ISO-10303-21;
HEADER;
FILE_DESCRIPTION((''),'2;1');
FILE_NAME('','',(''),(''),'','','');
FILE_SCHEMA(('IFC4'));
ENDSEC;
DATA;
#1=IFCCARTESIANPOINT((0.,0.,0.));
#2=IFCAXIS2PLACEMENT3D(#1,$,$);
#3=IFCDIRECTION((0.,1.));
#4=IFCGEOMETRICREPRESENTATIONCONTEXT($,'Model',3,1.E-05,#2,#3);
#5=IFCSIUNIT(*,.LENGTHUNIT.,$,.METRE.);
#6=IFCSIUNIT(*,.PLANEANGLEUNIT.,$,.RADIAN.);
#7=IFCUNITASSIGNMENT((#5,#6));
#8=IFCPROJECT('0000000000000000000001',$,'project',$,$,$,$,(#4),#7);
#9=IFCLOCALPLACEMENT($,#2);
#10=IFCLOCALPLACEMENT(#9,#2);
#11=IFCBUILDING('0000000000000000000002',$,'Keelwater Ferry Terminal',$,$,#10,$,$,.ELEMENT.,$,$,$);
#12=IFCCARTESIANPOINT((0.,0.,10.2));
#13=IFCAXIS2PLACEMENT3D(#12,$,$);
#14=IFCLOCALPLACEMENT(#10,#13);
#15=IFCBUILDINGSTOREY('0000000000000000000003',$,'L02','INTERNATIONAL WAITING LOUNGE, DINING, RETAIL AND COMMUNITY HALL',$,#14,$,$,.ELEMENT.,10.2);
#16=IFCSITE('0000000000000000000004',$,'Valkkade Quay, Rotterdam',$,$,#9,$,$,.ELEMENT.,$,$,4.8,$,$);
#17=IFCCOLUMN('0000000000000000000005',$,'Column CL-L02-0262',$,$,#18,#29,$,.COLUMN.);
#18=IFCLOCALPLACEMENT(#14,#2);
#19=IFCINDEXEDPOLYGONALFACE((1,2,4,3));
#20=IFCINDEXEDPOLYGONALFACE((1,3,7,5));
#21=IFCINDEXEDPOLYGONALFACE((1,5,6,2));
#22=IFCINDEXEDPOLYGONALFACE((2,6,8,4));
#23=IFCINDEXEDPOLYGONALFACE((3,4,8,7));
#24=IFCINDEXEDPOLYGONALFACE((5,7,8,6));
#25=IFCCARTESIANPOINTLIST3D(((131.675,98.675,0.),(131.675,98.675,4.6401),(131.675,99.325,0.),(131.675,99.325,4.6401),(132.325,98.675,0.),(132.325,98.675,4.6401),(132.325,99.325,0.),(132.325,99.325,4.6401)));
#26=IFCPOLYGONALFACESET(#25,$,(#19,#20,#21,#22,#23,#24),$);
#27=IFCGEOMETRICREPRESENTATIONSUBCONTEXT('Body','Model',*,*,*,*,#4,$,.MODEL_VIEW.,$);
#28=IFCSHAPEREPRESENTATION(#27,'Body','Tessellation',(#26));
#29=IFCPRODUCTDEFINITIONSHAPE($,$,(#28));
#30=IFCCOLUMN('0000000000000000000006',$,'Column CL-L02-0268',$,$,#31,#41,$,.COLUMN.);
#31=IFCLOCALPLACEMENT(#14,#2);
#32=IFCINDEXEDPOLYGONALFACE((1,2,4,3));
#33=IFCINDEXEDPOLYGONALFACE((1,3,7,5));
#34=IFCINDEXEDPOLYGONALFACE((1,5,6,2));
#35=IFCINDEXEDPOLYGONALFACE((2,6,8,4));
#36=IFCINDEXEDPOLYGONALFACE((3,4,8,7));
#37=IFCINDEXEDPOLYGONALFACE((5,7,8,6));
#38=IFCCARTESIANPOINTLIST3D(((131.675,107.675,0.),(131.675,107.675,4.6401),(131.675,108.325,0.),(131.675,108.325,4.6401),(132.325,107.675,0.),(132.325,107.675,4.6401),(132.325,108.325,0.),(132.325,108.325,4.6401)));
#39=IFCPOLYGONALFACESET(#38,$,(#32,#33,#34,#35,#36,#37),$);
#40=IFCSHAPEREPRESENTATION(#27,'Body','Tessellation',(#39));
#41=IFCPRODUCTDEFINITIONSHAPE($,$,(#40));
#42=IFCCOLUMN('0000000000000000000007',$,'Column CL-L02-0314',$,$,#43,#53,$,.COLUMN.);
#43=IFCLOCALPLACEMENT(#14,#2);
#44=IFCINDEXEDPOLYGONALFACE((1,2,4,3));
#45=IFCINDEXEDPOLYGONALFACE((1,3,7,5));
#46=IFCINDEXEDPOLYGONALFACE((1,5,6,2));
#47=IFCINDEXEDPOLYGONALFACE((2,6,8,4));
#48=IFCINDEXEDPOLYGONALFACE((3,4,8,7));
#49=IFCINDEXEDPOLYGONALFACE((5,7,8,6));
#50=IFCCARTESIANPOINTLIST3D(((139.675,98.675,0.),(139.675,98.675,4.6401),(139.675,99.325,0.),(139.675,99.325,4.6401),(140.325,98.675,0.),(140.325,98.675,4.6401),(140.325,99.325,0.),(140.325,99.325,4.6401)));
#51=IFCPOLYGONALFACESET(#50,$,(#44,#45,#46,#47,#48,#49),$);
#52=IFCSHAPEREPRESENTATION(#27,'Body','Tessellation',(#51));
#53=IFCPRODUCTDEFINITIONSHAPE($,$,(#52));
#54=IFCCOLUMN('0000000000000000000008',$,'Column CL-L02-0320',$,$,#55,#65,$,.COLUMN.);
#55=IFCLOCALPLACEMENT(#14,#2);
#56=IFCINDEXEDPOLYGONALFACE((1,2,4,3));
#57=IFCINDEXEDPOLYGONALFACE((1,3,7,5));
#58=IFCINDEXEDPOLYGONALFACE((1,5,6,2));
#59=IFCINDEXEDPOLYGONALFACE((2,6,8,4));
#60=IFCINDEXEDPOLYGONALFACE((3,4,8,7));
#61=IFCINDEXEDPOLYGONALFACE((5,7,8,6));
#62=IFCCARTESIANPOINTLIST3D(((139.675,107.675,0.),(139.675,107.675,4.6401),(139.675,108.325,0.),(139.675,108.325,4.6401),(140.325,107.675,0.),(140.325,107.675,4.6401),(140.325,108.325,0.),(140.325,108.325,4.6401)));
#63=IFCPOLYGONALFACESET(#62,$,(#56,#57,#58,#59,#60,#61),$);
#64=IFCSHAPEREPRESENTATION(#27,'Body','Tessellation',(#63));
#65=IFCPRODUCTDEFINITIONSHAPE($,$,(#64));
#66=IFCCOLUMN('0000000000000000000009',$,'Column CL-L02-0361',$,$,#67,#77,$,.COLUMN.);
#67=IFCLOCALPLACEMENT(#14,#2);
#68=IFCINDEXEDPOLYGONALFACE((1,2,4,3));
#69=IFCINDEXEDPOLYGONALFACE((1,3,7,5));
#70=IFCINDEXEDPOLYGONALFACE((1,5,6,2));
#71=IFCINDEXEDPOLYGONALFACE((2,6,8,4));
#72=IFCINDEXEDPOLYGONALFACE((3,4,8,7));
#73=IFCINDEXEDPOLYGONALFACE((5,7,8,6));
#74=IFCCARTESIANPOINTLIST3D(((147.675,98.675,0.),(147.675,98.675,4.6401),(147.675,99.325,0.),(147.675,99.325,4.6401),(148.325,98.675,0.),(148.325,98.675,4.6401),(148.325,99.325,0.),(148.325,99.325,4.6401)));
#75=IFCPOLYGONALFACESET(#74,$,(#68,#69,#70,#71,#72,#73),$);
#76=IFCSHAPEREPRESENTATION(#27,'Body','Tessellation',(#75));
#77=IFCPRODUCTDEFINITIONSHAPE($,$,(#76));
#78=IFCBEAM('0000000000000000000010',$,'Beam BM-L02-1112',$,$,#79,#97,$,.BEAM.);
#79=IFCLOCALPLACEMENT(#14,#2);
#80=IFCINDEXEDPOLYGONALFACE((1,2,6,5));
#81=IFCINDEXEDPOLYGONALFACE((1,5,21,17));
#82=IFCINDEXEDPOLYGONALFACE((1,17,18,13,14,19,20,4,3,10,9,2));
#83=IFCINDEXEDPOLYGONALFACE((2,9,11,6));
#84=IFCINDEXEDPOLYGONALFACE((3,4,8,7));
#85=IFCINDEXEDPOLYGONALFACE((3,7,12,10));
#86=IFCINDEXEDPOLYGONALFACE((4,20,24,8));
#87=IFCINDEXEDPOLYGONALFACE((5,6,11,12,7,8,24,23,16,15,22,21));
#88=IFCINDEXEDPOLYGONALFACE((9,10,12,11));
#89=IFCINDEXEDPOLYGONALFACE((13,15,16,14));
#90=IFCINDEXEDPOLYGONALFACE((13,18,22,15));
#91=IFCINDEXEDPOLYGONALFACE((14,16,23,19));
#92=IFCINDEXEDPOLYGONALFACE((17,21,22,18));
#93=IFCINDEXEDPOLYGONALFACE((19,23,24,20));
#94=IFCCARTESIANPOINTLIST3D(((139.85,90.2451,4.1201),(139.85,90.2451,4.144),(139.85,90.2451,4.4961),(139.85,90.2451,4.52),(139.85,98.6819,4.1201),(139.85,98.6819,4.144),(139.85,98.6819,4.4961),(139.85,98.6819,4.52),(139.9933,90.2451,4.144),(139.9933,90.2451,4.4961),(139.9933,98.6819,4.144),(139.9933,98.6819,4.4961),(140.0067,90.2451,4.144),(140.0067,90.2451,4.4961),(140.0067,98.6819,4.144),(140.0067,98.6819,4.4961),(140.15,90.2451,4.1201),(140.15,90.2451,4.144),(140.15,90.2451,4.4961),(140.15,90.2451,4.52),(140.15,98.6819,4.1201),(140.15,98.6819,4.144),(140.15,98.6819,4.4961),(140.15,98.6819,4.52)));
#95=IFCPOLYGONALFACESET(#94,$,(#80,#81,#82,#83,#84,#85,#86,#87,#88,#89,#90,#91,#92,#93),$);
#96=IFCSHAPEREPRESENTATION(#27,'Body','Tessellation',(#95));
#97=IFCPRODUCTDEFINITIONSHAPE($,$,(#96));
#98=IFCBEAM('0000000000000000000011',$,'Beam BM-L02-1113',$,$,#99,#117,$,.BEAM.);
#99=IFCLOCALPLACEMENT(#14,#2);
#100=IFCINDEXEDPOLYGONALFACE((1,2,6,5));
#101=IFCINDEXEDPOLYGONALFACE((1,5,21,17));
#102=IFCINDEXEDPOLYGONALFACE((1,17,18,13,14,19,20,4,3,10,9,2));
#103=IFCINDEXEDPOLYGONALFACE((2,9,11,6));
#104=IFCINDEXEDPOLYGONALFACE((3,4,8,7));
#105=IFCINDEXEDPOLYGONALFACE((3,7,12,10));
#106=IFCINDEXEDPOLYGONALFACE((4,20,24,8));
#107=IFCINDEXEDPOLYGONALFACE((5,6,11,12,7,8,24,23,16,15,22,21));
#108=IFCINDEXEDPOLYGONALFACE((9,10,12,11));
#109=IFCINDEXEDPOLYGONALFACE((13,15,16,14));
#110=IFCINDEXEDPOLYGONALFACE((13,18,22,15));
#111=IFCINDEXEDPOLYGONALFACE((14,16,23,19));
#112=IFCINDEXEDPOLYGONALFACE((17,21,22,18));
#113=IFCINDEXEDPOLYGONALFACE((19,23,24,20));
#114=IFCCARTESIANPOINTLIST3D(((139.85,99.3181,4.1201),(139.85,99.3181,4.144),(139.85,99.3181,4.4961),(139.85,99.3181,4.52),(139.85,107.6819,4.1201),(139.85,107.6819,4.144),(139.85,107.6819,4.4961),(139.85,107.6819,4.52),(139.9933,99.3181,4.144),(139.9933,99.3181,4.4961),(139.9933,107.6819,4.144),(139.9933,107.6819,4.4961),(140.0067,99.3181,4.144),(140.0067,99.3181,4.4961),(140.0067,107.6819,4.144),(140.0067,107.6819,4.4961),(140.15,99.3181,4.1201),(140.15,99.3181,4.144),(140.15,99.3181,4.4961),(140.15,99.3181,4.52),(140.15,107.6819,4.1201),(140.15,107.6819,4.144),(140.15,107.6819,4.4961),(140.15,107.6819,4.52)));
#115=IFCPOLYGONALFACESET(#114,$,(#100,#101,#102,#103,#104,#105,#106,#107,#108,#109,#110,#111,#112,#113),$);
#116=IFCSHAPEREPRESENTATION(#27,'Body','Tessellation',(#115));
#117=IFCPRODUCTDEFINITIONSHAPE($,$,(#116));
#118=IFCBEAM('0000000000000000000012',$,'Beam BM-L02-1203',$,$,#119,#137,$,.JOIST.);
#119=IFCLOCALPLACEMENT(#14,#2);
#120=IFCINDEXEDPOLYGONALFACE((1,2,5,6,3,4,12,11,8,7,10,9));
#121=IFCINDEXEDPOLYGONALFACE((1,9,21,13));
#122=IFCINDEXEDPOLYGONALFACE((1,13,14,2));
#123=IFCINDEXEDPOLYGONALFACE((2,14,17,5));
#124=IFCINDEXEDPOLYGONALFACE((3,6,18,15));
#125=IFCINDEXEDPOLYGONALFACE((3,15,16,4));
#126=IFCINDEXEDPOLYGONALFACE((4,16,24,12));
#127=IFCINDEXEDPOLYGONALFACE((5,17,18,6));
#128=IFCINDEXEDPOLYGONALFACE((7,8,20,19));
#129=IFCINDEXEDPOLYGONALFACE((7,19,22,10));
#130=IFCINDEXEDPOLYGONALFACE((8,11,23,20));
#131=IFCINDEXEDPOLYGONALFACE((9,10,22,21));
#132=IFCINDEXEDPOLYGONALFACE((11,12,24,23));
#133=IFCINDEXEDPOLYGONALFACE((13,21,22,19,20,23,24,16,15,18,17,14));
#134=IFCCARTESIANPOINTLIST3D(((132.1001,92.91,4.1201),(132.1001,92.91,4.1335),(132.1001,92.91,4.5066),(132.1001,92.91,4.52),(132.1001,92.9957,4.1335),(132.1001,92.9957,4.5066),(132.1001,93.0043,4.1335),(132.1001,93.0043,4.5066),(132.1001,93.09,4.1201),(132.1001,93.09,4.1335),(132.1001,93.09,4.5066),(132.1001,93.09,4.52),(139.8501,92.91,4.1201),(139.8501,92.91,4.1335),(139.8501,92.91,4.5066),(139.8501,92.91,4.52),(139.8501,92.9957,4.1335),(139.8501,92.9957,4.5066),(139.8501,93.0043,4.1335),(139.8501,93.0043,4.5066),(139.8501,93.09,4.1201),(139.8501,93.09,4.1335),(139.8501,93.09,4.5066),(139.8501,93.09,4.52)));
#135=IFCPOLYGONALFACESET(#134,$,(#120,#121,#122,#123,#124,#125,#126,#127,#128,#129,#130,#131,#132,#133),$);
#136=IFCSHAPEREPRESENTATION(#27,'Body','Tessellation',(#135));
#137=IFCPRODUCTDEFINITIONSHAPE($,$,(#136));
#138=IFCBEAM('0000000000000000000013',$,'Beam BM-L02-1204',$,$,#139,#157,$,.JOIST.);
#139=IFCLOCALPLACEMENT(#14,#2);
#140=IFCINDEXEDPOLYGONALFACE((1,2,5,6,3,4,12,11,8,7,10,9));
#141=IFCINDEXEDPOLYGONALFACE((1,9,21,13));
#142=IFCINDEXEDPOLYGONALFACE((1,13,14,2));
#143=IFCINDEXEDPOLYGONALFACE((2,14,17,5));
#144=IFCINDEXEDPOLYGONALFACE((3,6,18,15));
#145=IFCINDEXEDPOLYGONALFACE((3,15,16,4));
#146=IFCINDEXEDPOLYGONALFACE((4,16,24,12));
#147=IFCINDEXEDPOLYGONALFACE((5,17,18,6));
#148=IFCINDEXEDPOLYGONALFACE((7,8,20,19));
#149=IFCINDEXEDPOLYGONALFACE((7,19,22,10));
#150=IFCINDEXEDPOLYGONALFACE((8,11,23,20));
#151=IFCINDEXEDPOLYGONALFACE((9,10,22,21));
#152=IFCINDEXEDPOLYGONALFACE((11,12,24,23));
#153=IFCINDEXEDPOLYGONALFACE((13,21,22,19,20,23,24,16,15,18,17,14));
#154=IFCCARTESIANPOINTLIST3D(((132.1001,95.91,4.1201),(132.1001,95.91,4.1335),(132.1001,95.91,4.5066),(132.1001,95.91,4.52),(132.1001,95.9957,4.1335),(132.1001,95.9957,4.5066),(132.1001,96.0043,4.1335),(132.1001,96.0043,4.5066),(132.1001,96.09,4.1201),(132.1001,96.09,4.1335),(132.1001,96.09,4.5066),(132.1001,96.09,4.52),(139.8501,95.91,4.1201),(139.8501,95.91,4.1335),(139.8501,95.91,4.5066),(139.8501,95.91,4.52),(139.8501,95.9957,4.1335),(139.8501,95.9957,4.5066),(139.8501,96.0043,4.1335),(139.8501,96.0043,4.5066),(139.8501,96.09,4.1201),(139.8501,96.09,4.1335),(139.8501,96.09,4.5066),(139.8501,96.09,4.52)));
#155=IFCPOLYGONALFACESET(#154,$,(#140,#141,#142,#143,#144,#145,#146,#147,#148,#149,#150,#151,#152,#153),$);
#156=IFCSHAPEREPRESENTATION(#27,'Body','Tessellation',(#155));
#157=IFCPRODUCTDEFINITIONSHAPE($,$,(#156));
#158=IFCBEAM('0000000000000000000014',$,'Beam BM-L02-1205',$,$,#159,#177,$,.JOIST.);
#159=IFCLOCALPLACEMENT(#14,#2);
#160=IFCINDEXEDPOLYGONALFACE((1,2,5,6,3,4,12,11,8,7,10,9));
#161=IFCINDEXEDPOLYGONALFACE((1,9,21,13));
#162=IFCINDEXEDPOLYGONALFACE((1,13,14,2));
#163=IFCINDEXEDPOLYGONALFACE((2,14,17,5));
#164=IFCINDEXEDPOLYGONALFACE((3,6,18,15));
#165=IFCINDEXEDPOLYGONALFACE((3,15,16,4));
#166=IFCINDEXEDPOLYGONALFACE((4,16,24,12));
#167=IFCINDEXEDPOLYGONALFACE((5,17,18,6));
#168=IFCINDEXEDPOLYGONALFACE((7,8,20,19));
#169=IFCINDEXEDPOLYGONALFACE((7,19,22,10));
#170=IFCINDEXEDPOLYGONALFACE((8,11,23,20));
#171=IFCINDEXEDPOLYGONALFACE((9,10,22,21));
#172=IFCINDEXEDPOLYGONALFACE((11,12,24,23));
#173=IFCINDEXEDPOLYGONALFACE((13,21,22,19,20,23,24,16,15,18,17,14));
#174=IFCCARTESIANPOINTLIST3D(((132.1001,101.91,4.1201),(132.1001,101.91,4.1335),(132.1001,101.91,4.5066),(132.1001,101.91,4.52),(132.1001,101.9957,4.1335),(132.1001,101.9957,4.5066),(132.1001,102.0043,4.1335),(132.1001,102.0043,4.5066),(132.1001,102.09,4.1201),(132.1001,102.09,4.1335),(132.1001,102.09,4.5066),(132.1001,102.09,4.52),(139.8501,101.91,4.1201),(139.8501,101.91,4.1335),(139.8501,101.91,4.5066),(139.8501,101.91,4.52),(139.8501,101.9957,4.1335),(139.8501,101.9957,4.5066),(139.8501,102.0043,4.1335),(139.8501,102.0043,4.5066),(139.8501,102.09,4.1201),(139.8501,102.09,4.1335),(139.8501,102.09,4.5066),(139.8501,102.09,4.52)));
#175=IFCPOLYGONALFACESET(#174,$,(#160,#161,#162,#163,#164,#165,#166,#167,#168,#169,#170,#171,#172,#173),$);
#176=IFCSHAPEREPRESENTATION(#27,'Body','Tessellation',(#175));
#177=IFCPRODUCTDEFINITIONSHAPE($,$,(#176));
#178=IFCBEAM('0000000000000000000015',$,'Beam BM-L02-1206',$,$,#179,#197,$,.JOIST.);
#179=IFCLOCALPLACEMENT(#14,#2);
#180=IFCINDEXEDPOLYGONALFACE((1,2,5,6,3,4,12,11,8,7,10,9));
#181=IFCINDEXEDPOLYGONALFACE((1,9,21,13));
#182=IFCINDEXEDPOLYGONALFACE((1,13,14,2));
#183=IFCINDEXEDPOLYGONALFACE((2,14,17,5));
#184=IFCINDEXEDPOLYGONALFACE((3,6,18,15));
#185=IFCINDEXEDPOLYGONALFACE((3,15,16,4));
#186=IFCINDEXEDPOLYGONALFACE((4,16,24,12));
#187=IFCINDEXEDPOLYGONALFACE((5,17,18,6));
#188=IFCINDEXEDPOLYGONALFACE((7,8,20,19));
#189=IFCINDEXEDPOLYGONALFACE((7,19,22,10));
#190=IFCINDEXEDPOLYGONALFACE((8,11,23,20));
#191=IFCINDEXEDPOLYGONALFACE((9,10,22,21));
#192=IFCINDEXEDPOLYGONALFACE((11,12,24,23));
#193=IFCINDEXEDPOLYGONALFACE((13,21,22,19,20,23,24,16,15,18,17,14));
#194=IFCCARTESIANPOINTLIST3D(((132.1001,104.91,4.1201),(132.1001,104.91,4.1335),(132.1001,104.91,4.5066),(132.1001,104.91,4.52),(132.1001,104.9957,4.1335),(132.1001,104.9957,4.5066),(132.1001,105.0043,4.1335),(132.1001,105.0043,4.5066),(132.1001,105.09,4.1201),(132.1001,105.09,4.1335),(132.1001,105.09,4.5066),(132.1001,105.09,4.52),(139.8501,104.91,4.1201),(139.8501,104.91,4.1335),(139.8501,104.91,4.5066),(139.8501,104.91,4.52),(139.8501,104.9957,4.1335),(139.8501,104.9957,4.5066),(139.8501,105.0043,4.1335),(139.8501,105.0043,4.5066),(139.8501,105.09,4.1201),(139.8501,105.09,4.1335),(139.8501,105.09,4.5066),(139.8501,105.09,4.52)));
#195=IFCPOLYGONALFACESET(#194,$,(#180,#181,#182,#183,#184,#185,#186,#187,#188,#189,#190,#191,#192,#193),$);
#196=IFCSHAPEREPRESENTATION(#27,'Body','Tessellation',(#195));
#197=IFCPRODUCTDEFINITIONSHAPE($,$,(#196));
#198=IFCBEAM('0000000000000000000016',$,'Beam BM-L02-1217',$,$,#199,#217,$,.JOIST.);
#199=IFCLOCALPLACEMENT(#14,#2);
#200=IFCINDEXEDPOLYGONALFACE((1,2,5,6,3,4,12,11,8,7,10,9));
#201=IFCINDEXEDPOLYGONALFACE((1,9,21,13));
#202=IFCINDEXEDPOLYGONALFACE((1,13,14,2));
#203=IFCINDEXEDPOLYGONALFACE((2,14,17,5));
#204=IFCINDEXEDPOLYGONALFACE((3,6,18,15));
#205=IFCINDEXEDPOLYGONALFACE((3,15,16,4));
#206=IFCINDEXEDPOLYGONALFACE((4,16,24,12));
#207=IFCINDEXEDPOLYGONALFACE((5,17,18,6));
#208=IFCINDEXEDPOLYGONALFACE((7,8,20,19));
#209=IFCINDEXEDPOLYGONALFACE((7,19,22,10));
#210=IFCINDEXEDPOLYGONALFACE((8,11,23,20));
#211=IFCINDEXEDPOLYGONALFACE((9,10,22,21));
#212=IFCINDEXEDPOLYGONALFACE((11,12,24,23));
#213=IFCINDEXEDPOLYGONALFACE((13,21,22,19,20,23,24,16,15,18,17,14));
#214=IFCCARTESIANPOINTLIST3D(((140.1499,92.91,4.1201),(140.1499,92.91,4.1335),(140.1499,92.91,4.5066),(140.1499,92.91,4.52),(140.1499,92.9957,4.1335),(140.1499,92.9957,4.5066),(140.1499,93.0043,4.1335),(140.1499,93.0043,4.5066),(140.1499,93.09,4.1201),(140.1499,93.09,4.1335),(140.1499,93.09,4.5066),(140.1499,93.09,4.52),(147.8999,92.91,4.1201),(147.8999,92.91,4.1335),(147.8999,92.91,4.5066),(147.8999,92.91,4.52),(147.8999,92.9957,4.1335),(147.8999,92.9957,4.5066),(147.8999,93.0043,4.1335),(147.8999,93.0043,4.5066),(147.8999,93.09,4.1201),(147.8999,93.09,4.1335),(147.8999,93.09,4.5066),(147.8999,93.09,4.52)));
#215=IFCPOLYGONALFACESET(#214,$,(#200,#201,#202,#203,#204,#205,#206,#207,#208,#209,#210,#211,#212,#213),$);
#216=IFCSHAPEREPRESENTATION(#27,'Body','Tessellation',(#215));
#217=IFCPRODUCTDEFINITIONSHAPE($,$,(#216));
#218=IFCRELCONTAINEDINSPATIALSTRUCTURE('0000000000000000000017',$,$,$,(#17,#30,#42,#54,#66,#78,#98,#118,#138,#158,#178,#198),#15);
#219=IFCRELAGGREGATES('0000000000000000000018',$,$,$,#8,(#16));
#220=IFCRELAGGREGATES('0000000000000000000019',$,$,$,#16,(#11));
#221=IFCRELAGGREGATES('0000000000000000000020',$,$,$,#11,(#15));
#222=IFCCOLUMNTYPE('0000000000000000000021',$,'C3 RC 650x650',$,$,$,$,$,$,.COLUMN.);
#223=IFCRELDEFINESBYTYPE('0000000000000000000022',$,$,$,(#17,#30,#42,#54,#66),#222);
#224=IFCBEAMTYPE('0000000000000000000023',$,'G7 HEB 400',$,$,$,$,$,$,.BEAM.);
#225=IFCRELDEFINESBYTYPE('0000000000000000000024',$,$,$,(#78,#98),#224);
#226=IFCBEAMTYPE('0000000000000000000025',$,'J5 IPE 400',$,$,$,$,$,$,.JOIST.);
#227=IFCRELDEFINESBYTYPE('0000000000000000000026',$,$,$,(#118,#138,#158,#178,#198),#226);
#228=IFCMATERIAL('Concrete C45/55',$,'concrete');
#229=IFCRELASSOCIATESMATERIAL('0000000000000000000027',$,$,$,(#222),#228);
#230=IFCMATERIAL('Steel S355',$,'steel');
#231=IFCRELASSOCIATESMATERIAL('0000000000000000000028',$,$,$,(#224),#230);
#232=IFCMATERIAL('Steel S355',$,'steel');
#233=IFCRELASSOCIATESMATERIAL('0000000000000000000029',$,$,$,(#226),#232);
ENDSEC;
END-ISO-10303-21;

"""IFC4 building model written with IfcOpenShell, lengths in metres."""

from ifc_helpers import new_model, si_unit, direction, frame, origin, origin_2d, place, context, subcontext, project, spatial, rectangle, i_section, extrude, material, material_profile, profile_set, type_object, element, save


model = new_model("IFC4")

# Units and contexts
model_context = context("Model", 3, precision=1e-05, world=origin(), true_north=direction((0.0, 1.0)))
body_context = subcontext(model_context, "Body", "Model", "MODEL_VIEW")
ifc_project = project(units=[si_unit("LENGTHUNIT", "METRE"), si_unit("PLANEANGLEUNIT", "RADIAN")], contexts=[model_context])

# Site, building, storey
site_placement = place(None, origin())
site = spatial("IfcSite", under=ifc_project, at=site_placement, Name="Valkkade Quay, Rotterdam", CompositionType="ELEMENT", RefElevation=4.8)
building_placement = place(site_placement, origin())
building = spatial("IfcBuilding", under=site, at=building_placement, Name="Keelwater Ferry Terminal", CompositionType="ELEMENT")
storey_placement = place(building_placement, frame((0.0, 0.0, 10.2)))
storey = spatial("IfcBuildingStorey", under=building, at=storey_placement, Name="L02", Description="INTERNATIONAL WAITING LOUNGE, DINING, RETAIL AND COMMUNITY HALL", CompositionType="ELEMENT", Elevation=10.2)

# Columns
ifc_material_1 = material(Name="Concrete C45/55", Category="concrete")
ifc_material_profile_1 = material_profile(ifc_material_1, rectangle(XDim=0.6499, YDim=0.6499, at=origin_2d()), Name="RC 650x650")
ifc_profile_set_1 = profile_set([ifc_material_profile_1], Name="Concrete C45/55")
column_type = type_object("IfcColumnType", Name="C3 RC 650x650", PredefinedType="COLUMN", material=ifc_profile_set_1)
for number, where, z_axis, x_axis, name in (
    (1, (132.0, 99.0, 0.0), (0.0, 0.0, 1.0), (1.0, 0.0, 0.0), "Column CL-L02-0262"),
    (2, (132.0, 108.0, 0.0), (0.0, 0.0, 1.0), (1.0, 0.0, 0.0), "Column CL-L02-0268"),
    (3, (140.0, 99.0, 0.0), (0.0, 0.0, 1.0), (1.0, 0.0, 0.0), "Column CL-L02-0314"),
    (4, (140.0, 108.0, 0.0), (0.0, 0.0, 1.0), (1.0, 0.0, 0.0), "Column CL-L02-0320"),
    (5, (148.0, 99.0, 0.0), (0.0, 0.0, 1.0), (1.0, 0.0, 0.0), "Column CL-L02-0361"),
):
    element("IfcColumn", number, at=place(storey_placement, frame(where, z_axis=z_axis, x_axis=x_axis)), inside=storey, type_object=column_type, Name=name, PredefinedType="COLUMN", context=body_context, shape_type="SweptSolid", body=[
        extrude(rectangle(XDim=0.6499, YDim=0.6499, at=origin_2d()), origin(), (0.0, 0.0, 1.0), 4.6401),
    ])

# Beams
ifc_material_2 = material(Name="Steel S355", Category="steel")
ifc_material_profile_2 = material_profile(ifc_material_2, i_section(OverallWidth=0.3, OverallDepth=0.3999, WebThickness=0.0134, FlangeThickness=0.0239, at=origin_2d()), Name="HEB 400")
ifc_profile_set_2 = profile_set([ifc_material_profile_2], Name="Steel S355")
beam_type_1 = type_object("IfcBeamType", Name="G7 HEB 400", PredefinedType="BEAM", material=ifc_profile_set_2)
beam_1_placement = place(storey_placement, frame((140.0, 90.2451, 4.3201), z_axis=(0.0, 1.0, 0.0), x_axis=(-1.0, 0.0, 0.0)))
element("IfcBeam", 6, at=beam_1_placement, inside=storey, type_object=beam_type_1, Name="Beam BM-L02-1112", PredefinedType="BEAM", context=body_context, shape_type="SweptSolid", body=[
    extrude(i_section(OverallWidth=0.3, OverallDepth=0.3999, WebThickness=0.0134, FlangeThickness=0.0239, at=origin_2d()), origin(), (0.0, 0.0, 1.0), 8.4368),
])
beam_2_placement = place(storey_placement, frame((140.0, 99.3181, 4.3201), z_axis=(0.0, 1.0, 0.0), x_axis=(-1.0, 0.0, 0.0)))
element("IfcBeam", 7, at=beam_2_placement, inside=storey, type_object=beam_type_1, Name="Beam BM-L02-1113", PredefinedType="BEAM", context=body_context, shape_type="SweptSolid", body=[
    extrude(i_section(OverallWidth=0.3, OverallDepth=0.3999, WebThickness=0.0134, FlangeThickness=0.0239, at=origin_2d()), origin(), (0.0, 0.0, 1.0), 8.3638),
])
ifc_material_3 = material(Name="Steel S355", Category="steel")
ifc_material_profile_3 = material_profile(ifc_material_3, i_section(OverallWidth=0.1799, OverallDepth=0.3999, WebThickness=0.0085, FlangeThickness=0.0134, at=origin_2d()), Name="IPE 400")
ifc_profile_set_3 = profile_set([ifc_material_profile_3], Name="Steel S355")
beam_type_2 = type_object("IfcBeamType", Name="J5 IPE 400", PredefinedType="JOIST", material=ifc_profile_set_3)
for number, where, z_axis, x_axis, name in (
    (8, (132.1001, 93.0, 4.3201), (1.0, 0.0, 0.0), (0.0, 1.0, 0.0), "Beam BM-L02-1203"),
    (9, (132.1001, 96.0, 4.3201), (1.0, 0.0, 0.0), (0.0, 1.0, 0.0), "Beam BM-L02-1204"),
    (10, (132.1001, 102.0, 4.3201), (1.0, 0.0, 0.0), (0.0, 1.0, 0.0), "Beam BM-L02-1205"),
    (11, (132.1001, 105.0, 4.3201), (1.0, 0.0, 0.0), (0.0, 1.0, 0.0), "Beam BM-L02-1206"),
    (12, (140.1499, 93.0, 4.3201), (1.0, 0.0, 0.0), (0.0, 1.0, 0.0), "Beam BM-L02-1217"),
):
    element("IfcBeam", number, at=place(storey_placement, frame(where, z_axis=z_axis, x_axis=x_axis)), inside=storey, type_object=beam_type_2, Name=name, PredefinedType="JOIST", context=body_context, shape_type="SweptSolid", body=[
        extrude(i_section(OverallWidth=0.1799, OverallDepth=0.3999, WebThickness=0.0085, FlangeThickness=0.0134, at=origin_2d()), origin(), (0.0, 0.0, 1.0), 7.75),
    ])

save(model, "model.ifc")
